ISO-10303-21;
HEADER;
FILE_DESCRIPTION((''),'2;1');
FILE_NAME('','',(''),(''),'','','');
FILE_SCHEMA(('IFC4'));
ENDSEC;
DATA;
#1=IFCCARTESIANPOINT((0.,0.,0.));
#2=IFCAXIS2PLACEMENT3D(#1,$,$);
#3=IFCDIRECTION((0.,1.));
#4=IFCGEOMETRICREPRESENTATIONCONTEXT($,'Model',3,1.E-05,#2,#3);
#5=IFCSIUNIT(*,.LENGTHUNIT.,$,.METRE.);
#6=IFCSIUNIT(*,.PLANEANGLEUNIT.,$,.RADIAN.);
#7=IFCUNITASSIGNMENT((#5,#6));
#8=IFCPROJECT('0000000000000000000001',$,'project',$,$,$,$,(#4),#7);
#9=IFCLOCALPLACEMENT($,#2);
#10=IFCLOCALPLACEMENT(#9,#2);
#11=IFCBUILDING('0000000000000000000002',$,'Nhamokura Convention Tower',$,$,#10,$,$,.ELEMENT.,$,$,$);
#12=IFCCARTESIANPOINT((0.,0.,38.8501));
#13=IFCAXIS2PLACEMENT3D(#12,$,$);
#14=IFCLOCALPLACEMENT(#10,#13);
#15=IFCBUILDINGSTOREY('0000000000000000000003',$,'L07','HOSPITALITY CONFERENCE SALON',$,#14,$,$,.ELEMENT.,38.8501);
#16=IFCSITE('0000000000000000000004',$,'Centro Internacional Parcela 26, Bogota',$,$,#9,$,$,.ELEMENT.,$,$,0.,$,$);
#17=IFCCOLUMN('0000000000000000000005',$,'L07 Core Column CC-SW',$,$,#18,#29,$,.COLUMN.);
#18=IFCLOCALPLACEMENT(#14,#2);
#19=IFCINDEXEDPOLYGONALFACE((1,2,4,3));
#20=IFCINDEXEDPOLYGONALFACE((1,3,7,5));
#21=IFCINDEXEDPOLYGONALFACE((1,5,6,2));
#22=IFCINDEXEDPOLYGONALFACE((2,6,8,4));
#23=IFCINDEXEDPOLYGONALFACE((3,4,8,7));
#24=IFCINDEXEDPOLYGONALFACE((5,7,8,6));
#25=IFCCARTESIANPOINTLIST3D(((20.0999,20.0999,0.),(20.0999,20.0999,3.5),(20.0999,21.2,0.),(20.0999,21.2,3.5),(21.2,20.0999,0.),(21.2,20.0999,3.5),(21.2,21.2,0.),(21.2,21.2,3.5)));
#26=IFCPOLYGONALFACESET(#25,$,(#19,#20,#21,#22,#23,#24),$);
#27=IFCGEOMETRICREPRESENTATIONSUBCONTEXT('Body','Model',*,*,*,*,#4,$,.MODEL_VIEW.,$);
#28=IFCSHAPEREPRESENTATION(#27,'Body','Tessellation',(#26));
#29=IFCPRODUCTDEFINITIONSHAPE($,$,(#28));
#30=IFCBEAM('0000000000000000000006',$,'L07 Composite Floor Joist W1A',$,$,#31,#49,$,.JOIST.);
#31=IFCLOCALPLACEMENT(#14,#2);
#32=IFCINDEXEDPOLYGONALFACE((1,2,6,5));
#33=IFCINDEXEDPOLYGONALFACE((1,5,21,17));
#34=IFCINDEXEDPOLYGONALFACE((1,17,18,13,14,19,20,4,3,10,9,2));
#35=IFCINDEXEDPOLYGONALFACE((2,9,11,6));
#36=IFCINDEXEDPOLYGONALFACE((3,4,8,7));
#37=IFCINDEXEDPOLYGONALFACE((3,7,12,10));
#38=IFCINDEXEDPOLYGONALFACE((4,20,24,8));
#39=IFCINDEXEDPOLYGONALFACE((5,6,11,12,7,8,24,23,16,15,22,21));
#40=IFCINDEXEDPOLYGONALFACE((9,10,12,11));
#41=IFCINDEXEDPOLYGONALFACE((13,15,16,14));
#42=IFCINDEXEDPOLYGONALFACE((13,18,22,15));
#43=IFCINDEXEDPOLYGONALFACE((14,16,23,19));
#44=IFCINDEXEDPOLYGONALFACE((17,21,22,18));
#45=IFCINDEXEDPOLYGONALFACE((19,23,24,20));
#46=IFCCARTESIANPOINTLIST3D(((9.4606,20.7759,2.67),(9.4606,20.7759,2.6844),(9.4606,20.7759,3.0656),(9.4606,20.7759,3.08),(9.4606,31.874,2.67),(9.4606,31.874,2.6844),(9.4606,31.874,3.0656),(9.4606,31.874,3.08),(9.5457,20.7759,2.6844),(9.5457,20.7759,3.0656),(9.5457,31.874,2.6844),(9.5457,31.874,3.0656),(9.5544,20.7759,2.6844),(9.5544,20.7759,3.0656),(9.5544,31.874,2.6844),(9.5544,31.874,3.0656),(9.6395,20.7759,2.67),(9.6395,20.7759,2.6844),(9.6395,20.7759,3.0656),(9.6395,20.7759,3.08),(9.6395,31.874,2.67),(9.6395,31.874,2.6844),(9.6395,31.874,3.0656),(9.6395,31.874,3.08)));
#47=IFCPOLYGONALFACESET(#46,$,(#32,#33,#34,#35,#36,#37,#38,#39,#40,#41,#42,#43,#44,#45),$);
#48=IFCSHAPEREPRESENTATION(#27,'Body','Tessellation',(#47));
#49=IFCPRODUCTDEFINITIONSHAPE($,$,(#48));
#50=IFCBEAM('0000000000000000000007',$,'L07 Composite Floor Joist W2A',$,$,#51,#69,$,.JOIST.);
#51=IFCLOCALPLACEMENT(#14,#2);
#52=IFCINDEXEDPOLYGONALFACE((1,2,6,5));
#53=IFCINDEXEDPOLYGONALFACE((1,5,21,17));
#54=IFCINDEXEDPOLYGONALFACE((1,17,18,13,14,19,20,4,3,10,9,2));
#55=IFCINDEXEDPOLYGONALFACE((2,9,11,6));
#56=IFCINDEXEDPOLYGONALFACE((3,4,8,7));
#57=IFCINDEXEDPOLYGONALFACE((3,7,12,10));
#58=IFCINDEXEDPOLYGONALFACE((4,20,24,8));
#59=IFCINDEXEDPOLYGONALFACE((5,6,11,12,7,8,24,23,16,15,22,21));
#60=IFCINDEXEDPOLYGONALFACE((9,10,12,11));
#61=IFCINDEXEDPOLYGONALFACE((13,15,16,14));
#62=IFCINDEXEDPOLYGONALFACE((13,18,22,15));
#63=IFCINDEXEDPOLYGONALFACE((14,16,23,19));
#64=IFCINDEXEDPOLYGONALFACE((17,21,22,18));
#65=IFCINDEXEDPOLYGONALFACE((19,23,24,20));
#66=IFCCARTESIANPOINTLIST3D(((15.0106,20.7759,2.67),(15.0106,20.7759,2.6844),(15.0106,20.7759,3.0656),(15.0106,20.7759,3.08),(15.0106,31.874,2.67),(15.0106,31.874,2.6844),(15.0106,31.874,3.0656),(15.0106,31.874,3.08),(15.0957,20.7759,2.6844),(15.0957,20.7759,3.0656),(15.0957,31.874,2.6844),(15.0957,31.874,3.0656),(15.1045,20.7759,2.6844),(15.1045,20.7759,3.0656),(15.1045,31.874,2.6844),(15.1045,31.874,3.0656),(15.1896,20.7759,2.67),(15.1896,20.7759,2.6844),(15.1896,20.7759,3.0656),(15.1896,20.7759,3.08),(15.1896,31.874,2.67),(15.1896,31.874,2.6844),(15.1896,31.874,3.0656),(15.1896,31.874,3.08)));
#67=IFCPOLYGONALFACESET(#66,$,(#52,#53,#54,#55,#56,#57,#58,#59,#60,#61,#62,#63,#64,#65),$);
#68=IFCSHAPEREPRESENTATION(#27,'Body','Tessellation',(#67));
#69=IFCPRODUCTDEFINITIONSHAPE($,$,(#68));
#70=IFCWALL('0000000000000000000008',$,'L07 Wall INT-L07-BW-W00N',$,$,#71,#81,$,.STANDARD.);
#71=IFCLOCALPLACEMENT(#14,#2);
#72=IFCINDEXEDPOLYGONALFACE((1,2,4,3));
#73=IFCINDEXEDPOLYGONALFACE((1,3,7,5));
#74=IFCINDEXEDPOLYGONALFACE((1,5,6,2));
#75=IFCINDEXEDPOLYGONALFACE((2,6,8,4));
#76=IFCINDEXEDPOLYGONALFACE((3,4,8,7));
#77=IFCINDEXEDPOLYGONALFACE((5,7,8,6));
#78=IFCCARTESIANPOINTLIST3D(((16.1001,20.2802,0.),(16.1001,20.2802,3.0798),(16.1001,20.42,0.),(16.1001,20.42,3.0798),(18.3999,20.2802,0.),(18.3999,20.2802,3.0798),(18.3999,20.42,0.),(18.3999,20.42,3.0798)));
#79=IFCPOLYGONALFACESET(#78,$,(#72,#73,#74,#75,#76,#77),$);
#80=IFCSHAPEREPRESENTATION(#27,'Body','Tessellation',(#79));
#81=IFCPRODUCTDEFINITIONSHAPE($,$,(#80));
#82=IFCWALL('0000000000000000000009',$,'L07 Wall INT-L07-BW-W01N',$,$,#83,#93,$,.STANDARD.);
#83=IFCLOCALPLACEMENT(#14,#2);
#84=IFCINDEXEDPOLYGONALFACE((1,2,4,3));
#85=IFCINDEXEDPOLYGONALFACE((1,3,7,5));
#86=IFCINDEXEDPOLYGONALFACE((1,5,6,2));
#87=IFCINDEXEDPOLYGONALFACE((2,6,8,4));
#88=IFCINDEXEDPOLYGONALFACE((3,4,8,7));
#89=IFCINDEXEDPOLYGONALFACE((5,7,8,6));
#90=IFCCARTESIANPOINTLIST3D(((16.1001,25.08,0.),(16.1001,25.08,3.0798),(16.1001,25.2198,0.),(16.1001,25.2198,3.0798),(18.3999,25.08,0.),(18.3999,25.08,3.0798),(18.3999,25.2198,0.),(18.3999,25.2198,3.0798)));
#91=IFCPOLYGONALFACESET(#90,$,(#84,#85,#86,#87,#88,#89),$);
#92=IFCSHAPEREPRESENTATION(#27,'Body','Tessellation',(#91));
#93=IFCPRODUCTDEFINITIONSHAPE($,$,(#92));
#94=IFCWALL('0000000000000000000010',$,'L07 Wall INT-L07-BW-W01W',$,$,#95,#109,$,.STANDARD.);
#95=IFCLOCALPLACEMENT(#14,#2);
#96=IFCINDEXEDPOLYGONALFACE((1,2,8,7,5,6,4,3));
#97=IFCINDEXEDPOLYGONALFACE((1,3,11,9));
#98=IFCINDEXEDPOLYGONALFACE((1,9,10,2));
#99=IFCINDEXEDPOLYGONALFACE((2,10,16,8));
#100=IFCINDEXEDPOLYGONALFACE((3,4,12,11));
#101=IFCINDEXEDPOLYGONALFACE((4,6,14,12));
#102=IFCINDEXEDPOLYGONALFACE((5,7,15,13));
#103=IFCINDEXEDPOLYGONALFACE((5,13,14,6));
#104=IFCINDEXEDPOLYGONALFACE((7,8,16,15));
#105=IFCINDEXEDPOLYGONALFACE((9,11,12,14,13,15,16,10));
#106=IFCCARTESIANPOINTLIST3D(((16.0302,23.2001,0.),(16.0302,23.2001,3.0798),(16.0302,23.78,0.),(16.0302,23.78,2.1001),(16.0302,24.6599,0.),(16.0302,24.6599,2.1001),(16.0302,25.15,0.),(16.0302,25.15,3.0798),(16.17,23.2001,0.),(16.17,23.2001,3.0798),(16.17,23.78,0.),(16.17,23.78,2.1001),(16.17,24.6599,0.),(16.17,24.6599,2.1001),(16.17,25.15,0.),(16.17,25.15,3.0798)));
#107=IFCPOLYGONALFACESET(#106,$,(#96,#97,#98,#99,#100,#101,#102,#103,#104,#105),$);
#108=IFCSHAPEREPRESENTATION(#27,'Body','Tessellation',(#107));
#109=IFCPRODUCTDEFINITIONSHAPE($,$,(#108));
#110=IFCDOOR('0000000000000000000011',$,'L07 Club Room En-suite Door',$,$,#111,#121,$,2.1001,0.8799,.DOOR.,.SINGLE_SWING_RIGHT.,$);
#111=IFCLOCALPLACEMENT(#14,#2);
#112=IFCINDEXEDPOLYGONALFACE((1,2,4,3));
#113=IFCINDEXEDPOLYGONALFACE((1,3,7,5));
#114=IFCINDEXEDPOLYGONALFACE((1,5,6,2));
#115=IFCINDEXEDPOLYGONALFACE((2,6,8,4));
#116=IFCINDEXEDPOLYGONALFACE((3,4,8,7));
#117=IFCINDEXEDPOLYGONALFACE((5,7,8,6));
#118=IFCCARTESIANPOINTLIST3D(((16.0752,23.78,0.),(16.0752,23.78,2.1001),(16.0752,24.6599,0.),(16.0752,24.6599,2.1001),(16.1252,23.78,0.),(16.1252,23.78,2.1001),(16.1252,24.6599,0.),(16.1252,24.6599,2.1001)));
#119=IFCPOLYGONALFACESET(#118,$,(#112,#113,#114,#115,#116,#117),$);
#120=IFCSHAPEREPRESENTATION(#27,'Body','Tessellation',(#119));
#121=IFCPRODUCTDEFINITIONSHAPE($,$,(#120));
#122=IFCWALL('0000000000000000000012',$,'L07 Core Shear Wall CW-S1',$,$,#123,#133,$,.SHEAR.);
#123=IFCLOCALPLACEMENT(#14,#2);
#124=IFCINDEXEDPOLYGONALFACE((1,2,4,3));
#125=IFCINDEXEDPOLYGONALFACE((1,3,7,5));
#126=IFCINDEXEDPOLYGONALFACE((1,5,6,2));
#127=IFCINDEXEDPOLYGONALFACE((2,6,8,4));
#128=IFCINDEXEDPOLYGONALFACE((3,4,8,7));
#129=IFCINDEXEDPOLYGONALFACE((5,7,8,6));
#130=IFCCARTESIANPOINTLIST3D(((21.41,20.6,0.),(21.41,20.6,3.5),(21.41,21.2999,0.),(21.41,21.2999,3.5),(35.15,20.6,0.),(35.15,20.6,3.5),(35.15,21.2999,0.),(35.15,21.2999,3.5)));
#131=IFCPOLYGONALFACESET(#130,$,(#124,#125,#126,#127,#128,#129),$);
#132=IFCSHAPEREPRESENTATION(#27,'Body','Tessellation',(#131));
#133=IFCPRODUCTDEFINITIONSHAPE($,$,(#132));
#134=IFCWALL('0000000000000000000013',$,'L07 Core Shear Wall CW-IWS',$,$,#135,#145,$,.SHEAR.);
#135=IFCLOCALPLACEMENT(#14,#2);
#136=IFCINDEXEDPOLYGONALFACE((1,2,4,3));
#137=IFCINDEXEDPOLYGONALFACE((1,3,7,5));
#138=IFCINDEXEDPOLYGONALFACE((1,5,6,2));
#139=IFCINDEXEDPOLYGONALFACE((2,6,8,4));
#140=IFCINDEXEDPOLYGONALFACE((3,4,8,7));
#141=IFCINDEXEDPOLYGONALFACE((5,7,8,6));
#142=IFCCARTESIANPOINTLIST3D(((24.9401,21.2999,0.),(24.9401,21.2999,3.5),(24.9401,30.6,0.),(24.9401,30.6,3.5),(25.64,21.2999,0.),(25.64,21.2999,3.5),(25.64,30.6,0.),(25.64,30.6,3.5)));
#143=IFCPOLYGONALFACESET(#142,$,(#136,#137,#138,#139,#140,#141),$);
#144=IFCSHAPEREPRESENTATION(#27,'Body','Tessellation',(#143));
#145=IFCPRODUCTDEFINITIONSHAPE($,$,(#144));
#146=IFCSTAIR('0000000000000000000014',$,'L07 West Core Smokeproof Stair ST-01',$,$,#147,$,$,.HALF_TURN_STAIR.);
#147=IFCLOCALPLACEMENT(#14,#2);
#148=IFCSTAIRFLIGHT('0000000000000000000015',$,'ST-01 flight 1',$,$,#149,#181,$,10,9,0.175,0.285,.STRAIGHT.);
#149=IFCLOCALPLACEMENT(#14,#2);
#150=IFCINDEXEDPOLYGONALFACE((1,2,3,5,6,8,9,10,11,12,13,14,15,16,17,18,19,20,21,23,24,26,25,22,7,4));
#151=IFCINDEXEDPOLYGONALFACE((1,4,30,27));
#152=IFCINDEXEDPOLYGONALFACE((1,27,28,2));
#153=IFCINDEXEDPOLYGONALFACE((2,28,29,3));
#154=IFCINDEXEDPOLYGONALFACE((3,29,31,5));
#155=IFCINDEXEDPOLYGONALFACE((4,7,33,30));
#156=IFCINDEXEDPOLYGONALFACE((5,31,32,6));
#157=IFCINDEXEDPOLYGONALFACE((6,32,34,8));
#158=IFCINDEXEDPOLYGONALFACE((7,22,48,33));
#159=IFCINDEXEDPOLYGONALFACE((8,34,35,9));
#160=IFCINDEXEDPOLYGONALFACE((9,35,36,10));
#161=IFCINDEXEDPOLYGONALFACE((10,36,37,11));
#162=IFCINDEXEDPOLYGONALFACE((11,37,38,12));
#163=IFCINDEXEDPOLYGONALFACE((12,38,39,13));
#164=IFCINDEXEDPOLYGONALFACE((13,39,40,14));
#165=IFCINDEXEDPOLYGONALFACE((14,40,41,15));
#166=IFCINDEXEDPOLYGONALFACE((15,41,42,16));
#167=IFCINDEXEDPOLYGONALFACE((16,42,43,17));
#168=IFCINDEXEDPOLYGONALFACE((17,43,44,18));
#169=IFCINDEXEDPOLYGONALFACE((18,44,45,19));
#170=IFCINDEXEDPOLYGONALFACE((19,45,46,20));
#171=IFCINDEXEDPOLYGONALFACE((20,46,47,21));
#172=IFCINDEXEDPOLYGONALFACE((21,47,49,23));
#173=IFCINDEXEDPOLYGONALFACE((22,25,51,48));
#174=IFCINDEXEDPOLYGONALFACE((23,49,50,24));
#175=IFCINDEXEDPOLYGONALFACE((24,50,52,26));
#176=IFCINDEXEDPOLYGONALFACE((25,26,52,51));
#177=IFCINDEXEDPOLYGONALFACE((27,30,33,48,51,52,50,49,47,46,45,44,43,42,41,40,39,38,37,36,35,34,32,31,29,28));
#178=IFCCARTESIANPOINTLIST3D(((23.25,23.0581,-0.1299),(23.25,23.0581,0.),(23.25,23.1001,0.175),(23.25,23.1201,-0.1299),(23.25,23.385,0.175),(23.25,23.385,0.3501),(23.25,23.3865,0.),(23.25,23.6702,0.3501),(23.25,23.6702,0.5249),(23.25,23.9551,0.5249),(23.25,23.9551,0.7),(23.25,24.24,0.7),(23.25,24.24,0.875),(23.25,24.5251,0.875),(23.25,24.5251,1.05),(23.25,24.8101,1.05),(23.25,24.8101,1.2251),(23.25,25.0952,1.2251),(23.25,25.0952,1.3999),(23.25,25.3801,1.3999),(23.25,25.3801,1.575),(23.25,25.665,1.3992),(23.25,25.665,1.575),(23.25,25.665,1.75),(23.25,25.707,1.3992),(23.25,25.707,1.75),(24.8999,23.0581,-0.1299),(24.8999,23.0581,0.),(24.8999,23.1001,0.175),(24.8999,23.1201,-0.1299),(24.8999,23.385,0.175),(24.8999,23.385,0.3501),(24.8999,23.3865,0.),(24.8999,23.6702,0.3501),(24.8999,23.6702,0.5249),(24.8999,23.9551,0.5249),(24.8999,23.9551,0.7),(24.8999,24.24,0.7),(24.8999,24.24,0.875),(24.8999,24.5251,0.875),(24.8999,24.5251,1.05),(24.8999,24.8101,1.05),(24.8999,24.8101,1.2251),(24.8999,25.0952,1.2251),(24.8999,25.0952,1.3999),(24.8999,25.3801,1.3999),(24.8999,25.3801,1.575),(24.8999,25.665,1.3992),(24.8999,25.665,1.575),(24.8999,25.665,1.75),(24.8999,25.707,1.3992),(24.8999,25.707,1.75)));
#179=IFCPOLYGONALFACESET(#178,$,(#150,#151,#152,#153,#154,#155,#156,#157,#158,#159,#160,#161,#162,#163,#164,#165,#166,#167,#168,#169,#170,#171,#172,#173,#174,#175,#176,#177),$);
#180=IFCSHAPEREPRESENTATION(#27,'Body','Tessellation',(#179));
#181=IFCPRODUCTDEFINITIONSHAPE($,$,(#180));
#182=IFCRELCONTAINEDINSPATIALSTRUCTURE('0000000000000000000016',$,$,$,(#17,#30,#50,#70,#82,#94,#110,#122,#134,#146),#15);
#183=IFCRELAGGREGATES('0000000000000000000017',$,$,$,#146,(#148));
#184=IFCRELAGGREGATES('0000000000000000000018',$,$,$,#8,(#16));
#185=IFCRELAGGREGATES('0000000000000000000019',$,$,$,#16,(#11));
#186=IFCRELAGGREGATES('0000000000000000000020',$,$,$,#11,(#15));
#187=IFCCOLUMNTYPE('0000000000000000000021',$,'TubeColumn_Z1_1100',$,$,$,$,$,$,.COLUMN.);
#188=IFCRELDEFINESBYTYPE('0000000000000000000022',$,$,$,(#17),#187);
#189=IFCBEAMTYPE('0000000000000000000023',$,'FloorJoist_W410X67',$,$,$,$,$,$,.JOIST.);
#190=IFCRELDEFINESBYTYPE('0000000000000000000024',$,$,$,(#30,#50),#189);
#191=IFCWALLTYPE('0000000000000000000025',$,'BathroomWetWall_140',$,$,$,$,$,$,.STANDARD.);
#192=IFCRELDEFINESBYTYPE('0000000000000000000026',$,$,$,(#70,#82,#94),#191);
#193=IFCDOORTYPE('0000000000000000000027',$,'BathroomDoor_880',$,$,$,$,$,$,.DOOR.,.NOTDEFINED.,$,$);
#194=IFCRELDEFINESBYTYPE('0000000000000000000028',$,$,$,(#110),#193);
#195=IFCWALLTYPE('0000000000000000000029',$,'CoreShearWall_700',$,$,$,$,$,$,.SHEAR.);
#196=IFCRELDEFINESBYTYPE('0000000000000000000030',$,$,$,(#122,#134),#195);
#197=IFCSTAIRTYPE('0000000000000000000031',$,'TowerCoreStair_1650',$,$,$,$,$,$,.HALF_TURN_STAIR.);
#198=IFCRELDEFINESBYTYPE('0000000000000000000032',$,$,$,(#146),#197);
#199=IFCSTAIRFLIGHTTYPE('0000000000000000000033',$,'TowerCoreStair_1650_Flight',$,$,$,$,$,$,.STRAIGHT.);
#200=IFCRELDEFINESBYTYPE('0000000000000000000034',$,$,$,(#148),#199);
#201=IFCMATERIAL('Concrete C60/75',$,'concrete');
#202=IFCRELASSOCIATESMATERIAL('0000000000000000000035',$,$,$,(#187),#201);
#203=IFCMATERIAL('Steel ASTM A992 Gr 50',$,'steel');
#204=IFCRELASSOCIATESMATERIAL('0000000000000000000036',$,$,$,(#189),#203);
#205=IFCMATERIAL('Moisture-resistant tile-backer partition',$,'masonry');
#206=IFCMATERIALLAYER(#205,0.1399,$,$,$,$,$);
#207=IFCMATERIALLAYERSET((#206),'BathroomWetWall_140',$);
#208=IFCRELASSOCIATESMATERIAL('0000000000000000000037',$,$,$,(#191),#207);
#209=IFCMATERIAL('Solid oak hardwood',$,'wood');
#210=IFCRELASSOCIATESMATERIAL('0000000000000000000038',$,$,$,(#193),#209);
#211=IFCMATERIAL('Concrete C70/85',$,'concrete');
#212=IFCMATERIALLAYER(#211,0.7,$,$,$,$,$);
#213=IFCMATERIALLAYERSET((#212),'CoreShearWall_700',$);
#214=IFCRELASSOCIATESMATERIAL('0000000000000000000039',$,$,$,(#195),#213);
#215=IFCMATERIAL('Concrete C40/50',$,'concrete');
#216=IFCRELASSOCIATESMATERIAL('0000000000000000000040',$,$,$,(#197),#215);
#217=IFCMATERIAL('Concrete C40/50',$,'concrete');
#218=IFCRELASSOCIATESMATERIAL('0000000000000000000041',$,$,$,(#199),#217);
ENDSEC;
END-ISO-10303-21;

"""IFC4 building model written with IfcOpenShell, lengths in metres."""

from ifc_helpers import new_model, si_unit, direction, frame, frame_2d, origin, origin_2d, place, context, subcontext, project, spatial, polyline, rectangle, i_section, outline, extrude, material, layer, layer_set, material_profile, profile_set, type_object, element, fill, aggregate, save


model = new_model("IFC4")

# Units and contexts
model_context = context("Model", 3, precision=1e-05, world=origin(), true_north=direction((0.0, 1.0)))
body_context = subcontext(model_context, "Body", "Model", "MODEL_VIEW")
ifc_project = project(units=[si_unit("LENGTHUNIT", "METRE"), si_unit("PLANEANGLEUNIT", "RADIAN")], contexts=[model_context])

# Site, building, storey
site_placement = place(None, origin())
site = spatial("IfcSite", under=ifc_project, at=site_placement, Name="Centro Internacional Parcela 26, Bogota", CompositionType="ELEMENT", RefElevation=0.0)
building_placement = place(site_placement, origin())
building = spatial("IfcBuilding", under=site, at=building_placement, Name="Nhamokura Convention Tower", CompositionType="ELEMENT")
storey_placement = place(building_placement, frame((0.0, 0.0, 38.8501)))
storey = spatial("IfcBuildingStorey", under=building, at=storey_placement, Name="L07", Description="HOSPITALITY CONFERENCE SALON", CompositionType="ELEMENT", Elevation=38.8501)

# Column
ifc_material_1 = material(Name="Concrete C60/75", Category="concrete")
ifc_material_profile_1 = material_profile(ifc_material_1, rectangle(XDim=1.1001, YDim=1.1001, at=origin_2d()))
ifc_profile_set_1 = profile_set([ifc_material_profile_1], Name="Concrete C60/75")
column_type = type_object("IfcColumnType", Name="TubeColumn_Z1_1100", PredefinedType="COLUMN", material=ifc_profile_set_1)
column_placement = place(storey_placement, frame((20.6499, 20.6499, 0.0), z_axis=(0.0, 0.0, 1.0), x_axis=(1.0, 0.0, 0.0)))
element("IfcColumn", 1, at=column_placement, inside=storey, type_object=column_type, Name="L07 Core Column CC-SW", PredefinedType="COLUMN", context=body_context, shape_type="SweptSolid", body=[
    extrude(rectangle(XDim=1.1001, YDim=1.1001, at=origin_2d()), origin(), (0.0, 0.0, 1.0), 3.5),
])

# Beams
ifc_material_2 = material(Name="Steel ASTM A992 Gr 50", Category="steel")
ifc_material_profile_2 = material_profile(ifc_material_2, i_section(OverallWidth=0.179, OverallDepth=0.4099, WebThickness=0.0088, FlangeThickness=0.0144, at=origin_2d()))
ifc_profile_set_2 = profile_set([ifc_material_profile_2], Name="Steel ASTM A992 Gr 50")
beam_type = type_object("IfcBeamType", Name="FloorJoist_W410X67", PredefinedType="JOIST", material=ifc_profile_set_2)
for number, where, z_axis, x_axis, name in (
    (2, (9.55, 20.7759, 2.875), (0.0, 1.0, 0.0), (-1.0, 0.0, 0.0), "L07 Composite Floor Joist W1A"),
    (3, (15.1001, 20.7759, 2.875), (0.0, 1.0, 0.0), (-1.0, 0.0, 0.0), "L07 Composite Floor Joist W2A"),
):
    element("IfcBeam", number, at=place(storey_placement, frame(where, z_axis=z_axis, x_axis=x_axis)), inside=storey, type_object=beam_type, Name=name, PredefinedType="JOIST", context=body_context, shape_type="SweptSolid", body=[
        extrude(i_section(OverallWidth=0.179, OverallDepth=0.4099, WebThickness=0.0088, FlangeThickness=0.0144, at=origin_2d()), origin(), (0.0, 0.0, 1.0), 11.0981),
    ])

# Walls
ifc_material_3 = material(Name="Moisture-resistant tile-backer partition", Category="masonry")
ifc_layer_1 = layer(ifc_material_3, 0.1399)
ifc_layer_set_1 = layer_set([ifc_layer_1], Name="BathroomWetWall_140")
wall_type_1 = type_object("IfcWallType", Name="BathroomWetWall_140", PredefinedType="STANDARD", material=ifc_layer_set_1)
for number, where, z_axis, x_axis, name in (
    (4, (16.1001, 20.3501, 0.0), (0.0, 0.0, 1.0), (1.0, 0.0, 0.0), "L07 Wall INT-L07-BW-W00N"),
    (5, (16.1001, 25.1499, 0.0), (0.0, 0.0, 1.0), (1.0, 0.0, 0.0), "L07 Wall INT-L07-BW-W01N"),
):
    element("IfcWall", number, at=place(storey_placement, frame(where, z_axis=z_axis, x_axis=x_axis)), inside=storey, type_object=wall_type_1, Name=name, PredefinedType="STANDARD", context=body_context, shape_type="SweptSolid", body=[
        extrude(rectangle(XDim=2.2998, YDim=0.1399, at=frame_2d((1.1499, 0.0))), origin(), (0.0, 0.0, 1.0), 3.0798),
    ])

# Wall, opening, door
wall_1_placement = place(storey_placement, frame((16.1001, 23.2, 0.0), z_axis=(0.0, 0.0, 1.0), x_axis=(0.0, 1.0, 0.0)))
wall_1 = element("IfcWall", 6, at=wall_1_placement, inside=storey, type_object=wall_type_1, Name="L07 Wall INT-L07-BW-W01W", PredefinedType="STANDARD", context=body_context, shape_type="SweptSolid", body=[
    extrude(rectangle(XDim=1.95, YDim=0.1399, at=frame_2d((0.9751, 0.0))), origin(), (0.0, 0.0, 1.0), 3.0798),
])
opening_1_placement = place(wall_1_placement, frame((0.5801, 0.0, 0.0)))
opening_1 = element("IfcOpeningElement", 7, at=opening_1_placement, cuts=wall_1, PredefinedType="OPENING", context=body_context, shape_type="SweptSolid", body=[
    extrude(rectangle(XDim=0.8799, YDim=2.1001, at=frame_2d((0.4399, 1.05))), frame((0.0, 0.0798, 0.0), z_axis=(0.0, -1.0, 0.0), x_axis=(1.0, 0.0, 0.0)), (0.0, 0.0, 1.0), 0.1599),
])
ifc_material_4 = material(Name="Solid oak hardwood", Category="wood")
door_type_1 = type_object("IfcDoorType", Name="BathroomDoor_880", OperationType="NOTDEFINED", PredefinedType="DOOR", material=ifc_material_4)
door_1_placement = place(opening_1_placement, origin())
door_1 = element("IfcDoor", 8, at=door_1_placement, inside=storey, type_object=door_type_1, Name="L07 Club Room En-suite Door", OperationType="SINGLE_SWING_RIGHT", OverallHeight=2.1001, OverallWidth=0.8799, PredefinedType="DOOR", context=body_context, shape_type="SweptSolid", body=[
    extrude(rectangle(XDim=0.8799, YDim=2.1001, at=frame_2d((0.4399, 1.05))), frame((0.0, 0.0249, 0.0), z_axis=(0.0, -1.0, 0.0), x_axis=(1.0, 0.0, 0.0)), (0.0, 0.0, 1.0), 0.05),
])
fill(opening_1, door_1)
ifc_material_5 = material(Name="Concrete C70/85", Category="concrete")
ifc_layer_2 = layer(ifc_material_5, 0.7)
ifc_layer_set_2 = layer_set([ifc_layer_2], Name="CoreShearWall_700")
wall_type_2 = type_object("IfcWallType", Name="CoreShearWall_700", PredefinedType="SHEAR", material=ifc_layer_set_2)

# Walls
wall_2_placement = place(storey_placement, frame((21.4099, 20.95, 0.0), z_axis=(0.0, 0.0, 1.0), x_axis=(1.0, 0.0, 0.0)))
element("IfcWall", 9, at=wall_2_placement, inside=storey, type_object=wall_type_2, Name="L07 Core Shear Wall CW-S1", PredefinedType="SHEAR", context=body_context, shape_type="SweptSolid", body=[
    extrude(rectangle(XDim=13.74, YDim=0.7, at=frame_2d((6.8701, 0.0))), origin(), (0.0, 0.0, 1.0), 3.5),
])
wall_3_placement = place(storey_placement, frame((25.29, 21.3, 0.0), z_axis=(0.0, 0.0, 1.0), x_axis=(0.0, 1.0, 0.0)))
element("IfcWall", 10, at=wall_3_placement, inside=storey, type_object=wall_type_2, Name="L07 Core Shear Wall CW-IWS", PredefinedType="SHEAR", context=body_context, shape_type="SweptSolid", body=[
    extrude(rectangle(XDim=9.3, YDim=0.7, at=frame_2d((4.6499, 0.0))), origin(), (0.0, 0.0, 1.0), 3.5),
])

# Stair, stair flight
ifc_material_6 = material(Name="Concrete C40/50", Category="concrete")
stair_type = type_object("IfcStairType", Name="TowerCoreStair_1650", PredefinedType="HALF_TURN_STAIR", material=ifc_material_6)
stair_placement = place(storey_placement, origin())
stair = element("IfcStair", 11, at=stair_placement, inside=storey, type_object=stair_type, Name="L07 West Core Smokeproof Stair ST-01", PredefinedType="HALF_TURN_STAIR")
ifc_material_7 = material(Name="Concrete C40/50", Category="concrete")
stair_flight_type = type_object("IfcStairFlightType", Name="TowerCoreStair_1650_Flight", PredefinedType="STRAIGHT", material=ifc_material_7)
stair_flight_1_placement = place(storey_placement, frame((24.075, 23.1001, 0.0), z_axis=(0.0, 0.0, 1.0), x_axis=(0.0, 1.0, 0.0)))
stair_flight_1 = element("IfcStairFlight", 12, at=stair_flight_1_placement, type_object=stair_flight_type, Name="ST-01 flight 1", NumberOfRisers=10, NumberOfTreads=9, PredefinedType="STRAIGHT", RiserHeight=0.175, TreadLength=0.285, context=body_context, shape_type="SweptSolid", body=[
    extrude(outline(polyline([(-0.042, 0.0), (0.0, 0.175), (0.2849, 0.175), (0.2849, 0.3501), (0.5701, 0.3501), (0.5701, 0.5249), (0.855, 0.5249), (0.855, 0.7), (1.1399, 0.7), (1.1399, 0.875), (1.425, 0.875), (1.425, 1.05), (1.71, 1.05), (1.71, 1.2251), (1.9951, 1.2251), (1.9951, 1.3999), (2.28, 1.3999), (2.28, 1.575), (2.5649, 1.575), (2.5649, 1.75), (2.6069, 1.75), (2.6069, 1.3992), (2.5649, 1.3992), (0.2864, 0.0), (0.02, -0.1299), (-0.042, -0.1299), (-0.042, 0.0)])), frame((0.0, 0.825, 0.0), z_axis=(0.0, -1.0, 0.0), x_axis=(1.0, 0.0, 0.0)), (0.0, 0.0, 1.0), 1.6499),
])
aggregate(stair, [stair_flight_1])

save(model, "model.ifc")
